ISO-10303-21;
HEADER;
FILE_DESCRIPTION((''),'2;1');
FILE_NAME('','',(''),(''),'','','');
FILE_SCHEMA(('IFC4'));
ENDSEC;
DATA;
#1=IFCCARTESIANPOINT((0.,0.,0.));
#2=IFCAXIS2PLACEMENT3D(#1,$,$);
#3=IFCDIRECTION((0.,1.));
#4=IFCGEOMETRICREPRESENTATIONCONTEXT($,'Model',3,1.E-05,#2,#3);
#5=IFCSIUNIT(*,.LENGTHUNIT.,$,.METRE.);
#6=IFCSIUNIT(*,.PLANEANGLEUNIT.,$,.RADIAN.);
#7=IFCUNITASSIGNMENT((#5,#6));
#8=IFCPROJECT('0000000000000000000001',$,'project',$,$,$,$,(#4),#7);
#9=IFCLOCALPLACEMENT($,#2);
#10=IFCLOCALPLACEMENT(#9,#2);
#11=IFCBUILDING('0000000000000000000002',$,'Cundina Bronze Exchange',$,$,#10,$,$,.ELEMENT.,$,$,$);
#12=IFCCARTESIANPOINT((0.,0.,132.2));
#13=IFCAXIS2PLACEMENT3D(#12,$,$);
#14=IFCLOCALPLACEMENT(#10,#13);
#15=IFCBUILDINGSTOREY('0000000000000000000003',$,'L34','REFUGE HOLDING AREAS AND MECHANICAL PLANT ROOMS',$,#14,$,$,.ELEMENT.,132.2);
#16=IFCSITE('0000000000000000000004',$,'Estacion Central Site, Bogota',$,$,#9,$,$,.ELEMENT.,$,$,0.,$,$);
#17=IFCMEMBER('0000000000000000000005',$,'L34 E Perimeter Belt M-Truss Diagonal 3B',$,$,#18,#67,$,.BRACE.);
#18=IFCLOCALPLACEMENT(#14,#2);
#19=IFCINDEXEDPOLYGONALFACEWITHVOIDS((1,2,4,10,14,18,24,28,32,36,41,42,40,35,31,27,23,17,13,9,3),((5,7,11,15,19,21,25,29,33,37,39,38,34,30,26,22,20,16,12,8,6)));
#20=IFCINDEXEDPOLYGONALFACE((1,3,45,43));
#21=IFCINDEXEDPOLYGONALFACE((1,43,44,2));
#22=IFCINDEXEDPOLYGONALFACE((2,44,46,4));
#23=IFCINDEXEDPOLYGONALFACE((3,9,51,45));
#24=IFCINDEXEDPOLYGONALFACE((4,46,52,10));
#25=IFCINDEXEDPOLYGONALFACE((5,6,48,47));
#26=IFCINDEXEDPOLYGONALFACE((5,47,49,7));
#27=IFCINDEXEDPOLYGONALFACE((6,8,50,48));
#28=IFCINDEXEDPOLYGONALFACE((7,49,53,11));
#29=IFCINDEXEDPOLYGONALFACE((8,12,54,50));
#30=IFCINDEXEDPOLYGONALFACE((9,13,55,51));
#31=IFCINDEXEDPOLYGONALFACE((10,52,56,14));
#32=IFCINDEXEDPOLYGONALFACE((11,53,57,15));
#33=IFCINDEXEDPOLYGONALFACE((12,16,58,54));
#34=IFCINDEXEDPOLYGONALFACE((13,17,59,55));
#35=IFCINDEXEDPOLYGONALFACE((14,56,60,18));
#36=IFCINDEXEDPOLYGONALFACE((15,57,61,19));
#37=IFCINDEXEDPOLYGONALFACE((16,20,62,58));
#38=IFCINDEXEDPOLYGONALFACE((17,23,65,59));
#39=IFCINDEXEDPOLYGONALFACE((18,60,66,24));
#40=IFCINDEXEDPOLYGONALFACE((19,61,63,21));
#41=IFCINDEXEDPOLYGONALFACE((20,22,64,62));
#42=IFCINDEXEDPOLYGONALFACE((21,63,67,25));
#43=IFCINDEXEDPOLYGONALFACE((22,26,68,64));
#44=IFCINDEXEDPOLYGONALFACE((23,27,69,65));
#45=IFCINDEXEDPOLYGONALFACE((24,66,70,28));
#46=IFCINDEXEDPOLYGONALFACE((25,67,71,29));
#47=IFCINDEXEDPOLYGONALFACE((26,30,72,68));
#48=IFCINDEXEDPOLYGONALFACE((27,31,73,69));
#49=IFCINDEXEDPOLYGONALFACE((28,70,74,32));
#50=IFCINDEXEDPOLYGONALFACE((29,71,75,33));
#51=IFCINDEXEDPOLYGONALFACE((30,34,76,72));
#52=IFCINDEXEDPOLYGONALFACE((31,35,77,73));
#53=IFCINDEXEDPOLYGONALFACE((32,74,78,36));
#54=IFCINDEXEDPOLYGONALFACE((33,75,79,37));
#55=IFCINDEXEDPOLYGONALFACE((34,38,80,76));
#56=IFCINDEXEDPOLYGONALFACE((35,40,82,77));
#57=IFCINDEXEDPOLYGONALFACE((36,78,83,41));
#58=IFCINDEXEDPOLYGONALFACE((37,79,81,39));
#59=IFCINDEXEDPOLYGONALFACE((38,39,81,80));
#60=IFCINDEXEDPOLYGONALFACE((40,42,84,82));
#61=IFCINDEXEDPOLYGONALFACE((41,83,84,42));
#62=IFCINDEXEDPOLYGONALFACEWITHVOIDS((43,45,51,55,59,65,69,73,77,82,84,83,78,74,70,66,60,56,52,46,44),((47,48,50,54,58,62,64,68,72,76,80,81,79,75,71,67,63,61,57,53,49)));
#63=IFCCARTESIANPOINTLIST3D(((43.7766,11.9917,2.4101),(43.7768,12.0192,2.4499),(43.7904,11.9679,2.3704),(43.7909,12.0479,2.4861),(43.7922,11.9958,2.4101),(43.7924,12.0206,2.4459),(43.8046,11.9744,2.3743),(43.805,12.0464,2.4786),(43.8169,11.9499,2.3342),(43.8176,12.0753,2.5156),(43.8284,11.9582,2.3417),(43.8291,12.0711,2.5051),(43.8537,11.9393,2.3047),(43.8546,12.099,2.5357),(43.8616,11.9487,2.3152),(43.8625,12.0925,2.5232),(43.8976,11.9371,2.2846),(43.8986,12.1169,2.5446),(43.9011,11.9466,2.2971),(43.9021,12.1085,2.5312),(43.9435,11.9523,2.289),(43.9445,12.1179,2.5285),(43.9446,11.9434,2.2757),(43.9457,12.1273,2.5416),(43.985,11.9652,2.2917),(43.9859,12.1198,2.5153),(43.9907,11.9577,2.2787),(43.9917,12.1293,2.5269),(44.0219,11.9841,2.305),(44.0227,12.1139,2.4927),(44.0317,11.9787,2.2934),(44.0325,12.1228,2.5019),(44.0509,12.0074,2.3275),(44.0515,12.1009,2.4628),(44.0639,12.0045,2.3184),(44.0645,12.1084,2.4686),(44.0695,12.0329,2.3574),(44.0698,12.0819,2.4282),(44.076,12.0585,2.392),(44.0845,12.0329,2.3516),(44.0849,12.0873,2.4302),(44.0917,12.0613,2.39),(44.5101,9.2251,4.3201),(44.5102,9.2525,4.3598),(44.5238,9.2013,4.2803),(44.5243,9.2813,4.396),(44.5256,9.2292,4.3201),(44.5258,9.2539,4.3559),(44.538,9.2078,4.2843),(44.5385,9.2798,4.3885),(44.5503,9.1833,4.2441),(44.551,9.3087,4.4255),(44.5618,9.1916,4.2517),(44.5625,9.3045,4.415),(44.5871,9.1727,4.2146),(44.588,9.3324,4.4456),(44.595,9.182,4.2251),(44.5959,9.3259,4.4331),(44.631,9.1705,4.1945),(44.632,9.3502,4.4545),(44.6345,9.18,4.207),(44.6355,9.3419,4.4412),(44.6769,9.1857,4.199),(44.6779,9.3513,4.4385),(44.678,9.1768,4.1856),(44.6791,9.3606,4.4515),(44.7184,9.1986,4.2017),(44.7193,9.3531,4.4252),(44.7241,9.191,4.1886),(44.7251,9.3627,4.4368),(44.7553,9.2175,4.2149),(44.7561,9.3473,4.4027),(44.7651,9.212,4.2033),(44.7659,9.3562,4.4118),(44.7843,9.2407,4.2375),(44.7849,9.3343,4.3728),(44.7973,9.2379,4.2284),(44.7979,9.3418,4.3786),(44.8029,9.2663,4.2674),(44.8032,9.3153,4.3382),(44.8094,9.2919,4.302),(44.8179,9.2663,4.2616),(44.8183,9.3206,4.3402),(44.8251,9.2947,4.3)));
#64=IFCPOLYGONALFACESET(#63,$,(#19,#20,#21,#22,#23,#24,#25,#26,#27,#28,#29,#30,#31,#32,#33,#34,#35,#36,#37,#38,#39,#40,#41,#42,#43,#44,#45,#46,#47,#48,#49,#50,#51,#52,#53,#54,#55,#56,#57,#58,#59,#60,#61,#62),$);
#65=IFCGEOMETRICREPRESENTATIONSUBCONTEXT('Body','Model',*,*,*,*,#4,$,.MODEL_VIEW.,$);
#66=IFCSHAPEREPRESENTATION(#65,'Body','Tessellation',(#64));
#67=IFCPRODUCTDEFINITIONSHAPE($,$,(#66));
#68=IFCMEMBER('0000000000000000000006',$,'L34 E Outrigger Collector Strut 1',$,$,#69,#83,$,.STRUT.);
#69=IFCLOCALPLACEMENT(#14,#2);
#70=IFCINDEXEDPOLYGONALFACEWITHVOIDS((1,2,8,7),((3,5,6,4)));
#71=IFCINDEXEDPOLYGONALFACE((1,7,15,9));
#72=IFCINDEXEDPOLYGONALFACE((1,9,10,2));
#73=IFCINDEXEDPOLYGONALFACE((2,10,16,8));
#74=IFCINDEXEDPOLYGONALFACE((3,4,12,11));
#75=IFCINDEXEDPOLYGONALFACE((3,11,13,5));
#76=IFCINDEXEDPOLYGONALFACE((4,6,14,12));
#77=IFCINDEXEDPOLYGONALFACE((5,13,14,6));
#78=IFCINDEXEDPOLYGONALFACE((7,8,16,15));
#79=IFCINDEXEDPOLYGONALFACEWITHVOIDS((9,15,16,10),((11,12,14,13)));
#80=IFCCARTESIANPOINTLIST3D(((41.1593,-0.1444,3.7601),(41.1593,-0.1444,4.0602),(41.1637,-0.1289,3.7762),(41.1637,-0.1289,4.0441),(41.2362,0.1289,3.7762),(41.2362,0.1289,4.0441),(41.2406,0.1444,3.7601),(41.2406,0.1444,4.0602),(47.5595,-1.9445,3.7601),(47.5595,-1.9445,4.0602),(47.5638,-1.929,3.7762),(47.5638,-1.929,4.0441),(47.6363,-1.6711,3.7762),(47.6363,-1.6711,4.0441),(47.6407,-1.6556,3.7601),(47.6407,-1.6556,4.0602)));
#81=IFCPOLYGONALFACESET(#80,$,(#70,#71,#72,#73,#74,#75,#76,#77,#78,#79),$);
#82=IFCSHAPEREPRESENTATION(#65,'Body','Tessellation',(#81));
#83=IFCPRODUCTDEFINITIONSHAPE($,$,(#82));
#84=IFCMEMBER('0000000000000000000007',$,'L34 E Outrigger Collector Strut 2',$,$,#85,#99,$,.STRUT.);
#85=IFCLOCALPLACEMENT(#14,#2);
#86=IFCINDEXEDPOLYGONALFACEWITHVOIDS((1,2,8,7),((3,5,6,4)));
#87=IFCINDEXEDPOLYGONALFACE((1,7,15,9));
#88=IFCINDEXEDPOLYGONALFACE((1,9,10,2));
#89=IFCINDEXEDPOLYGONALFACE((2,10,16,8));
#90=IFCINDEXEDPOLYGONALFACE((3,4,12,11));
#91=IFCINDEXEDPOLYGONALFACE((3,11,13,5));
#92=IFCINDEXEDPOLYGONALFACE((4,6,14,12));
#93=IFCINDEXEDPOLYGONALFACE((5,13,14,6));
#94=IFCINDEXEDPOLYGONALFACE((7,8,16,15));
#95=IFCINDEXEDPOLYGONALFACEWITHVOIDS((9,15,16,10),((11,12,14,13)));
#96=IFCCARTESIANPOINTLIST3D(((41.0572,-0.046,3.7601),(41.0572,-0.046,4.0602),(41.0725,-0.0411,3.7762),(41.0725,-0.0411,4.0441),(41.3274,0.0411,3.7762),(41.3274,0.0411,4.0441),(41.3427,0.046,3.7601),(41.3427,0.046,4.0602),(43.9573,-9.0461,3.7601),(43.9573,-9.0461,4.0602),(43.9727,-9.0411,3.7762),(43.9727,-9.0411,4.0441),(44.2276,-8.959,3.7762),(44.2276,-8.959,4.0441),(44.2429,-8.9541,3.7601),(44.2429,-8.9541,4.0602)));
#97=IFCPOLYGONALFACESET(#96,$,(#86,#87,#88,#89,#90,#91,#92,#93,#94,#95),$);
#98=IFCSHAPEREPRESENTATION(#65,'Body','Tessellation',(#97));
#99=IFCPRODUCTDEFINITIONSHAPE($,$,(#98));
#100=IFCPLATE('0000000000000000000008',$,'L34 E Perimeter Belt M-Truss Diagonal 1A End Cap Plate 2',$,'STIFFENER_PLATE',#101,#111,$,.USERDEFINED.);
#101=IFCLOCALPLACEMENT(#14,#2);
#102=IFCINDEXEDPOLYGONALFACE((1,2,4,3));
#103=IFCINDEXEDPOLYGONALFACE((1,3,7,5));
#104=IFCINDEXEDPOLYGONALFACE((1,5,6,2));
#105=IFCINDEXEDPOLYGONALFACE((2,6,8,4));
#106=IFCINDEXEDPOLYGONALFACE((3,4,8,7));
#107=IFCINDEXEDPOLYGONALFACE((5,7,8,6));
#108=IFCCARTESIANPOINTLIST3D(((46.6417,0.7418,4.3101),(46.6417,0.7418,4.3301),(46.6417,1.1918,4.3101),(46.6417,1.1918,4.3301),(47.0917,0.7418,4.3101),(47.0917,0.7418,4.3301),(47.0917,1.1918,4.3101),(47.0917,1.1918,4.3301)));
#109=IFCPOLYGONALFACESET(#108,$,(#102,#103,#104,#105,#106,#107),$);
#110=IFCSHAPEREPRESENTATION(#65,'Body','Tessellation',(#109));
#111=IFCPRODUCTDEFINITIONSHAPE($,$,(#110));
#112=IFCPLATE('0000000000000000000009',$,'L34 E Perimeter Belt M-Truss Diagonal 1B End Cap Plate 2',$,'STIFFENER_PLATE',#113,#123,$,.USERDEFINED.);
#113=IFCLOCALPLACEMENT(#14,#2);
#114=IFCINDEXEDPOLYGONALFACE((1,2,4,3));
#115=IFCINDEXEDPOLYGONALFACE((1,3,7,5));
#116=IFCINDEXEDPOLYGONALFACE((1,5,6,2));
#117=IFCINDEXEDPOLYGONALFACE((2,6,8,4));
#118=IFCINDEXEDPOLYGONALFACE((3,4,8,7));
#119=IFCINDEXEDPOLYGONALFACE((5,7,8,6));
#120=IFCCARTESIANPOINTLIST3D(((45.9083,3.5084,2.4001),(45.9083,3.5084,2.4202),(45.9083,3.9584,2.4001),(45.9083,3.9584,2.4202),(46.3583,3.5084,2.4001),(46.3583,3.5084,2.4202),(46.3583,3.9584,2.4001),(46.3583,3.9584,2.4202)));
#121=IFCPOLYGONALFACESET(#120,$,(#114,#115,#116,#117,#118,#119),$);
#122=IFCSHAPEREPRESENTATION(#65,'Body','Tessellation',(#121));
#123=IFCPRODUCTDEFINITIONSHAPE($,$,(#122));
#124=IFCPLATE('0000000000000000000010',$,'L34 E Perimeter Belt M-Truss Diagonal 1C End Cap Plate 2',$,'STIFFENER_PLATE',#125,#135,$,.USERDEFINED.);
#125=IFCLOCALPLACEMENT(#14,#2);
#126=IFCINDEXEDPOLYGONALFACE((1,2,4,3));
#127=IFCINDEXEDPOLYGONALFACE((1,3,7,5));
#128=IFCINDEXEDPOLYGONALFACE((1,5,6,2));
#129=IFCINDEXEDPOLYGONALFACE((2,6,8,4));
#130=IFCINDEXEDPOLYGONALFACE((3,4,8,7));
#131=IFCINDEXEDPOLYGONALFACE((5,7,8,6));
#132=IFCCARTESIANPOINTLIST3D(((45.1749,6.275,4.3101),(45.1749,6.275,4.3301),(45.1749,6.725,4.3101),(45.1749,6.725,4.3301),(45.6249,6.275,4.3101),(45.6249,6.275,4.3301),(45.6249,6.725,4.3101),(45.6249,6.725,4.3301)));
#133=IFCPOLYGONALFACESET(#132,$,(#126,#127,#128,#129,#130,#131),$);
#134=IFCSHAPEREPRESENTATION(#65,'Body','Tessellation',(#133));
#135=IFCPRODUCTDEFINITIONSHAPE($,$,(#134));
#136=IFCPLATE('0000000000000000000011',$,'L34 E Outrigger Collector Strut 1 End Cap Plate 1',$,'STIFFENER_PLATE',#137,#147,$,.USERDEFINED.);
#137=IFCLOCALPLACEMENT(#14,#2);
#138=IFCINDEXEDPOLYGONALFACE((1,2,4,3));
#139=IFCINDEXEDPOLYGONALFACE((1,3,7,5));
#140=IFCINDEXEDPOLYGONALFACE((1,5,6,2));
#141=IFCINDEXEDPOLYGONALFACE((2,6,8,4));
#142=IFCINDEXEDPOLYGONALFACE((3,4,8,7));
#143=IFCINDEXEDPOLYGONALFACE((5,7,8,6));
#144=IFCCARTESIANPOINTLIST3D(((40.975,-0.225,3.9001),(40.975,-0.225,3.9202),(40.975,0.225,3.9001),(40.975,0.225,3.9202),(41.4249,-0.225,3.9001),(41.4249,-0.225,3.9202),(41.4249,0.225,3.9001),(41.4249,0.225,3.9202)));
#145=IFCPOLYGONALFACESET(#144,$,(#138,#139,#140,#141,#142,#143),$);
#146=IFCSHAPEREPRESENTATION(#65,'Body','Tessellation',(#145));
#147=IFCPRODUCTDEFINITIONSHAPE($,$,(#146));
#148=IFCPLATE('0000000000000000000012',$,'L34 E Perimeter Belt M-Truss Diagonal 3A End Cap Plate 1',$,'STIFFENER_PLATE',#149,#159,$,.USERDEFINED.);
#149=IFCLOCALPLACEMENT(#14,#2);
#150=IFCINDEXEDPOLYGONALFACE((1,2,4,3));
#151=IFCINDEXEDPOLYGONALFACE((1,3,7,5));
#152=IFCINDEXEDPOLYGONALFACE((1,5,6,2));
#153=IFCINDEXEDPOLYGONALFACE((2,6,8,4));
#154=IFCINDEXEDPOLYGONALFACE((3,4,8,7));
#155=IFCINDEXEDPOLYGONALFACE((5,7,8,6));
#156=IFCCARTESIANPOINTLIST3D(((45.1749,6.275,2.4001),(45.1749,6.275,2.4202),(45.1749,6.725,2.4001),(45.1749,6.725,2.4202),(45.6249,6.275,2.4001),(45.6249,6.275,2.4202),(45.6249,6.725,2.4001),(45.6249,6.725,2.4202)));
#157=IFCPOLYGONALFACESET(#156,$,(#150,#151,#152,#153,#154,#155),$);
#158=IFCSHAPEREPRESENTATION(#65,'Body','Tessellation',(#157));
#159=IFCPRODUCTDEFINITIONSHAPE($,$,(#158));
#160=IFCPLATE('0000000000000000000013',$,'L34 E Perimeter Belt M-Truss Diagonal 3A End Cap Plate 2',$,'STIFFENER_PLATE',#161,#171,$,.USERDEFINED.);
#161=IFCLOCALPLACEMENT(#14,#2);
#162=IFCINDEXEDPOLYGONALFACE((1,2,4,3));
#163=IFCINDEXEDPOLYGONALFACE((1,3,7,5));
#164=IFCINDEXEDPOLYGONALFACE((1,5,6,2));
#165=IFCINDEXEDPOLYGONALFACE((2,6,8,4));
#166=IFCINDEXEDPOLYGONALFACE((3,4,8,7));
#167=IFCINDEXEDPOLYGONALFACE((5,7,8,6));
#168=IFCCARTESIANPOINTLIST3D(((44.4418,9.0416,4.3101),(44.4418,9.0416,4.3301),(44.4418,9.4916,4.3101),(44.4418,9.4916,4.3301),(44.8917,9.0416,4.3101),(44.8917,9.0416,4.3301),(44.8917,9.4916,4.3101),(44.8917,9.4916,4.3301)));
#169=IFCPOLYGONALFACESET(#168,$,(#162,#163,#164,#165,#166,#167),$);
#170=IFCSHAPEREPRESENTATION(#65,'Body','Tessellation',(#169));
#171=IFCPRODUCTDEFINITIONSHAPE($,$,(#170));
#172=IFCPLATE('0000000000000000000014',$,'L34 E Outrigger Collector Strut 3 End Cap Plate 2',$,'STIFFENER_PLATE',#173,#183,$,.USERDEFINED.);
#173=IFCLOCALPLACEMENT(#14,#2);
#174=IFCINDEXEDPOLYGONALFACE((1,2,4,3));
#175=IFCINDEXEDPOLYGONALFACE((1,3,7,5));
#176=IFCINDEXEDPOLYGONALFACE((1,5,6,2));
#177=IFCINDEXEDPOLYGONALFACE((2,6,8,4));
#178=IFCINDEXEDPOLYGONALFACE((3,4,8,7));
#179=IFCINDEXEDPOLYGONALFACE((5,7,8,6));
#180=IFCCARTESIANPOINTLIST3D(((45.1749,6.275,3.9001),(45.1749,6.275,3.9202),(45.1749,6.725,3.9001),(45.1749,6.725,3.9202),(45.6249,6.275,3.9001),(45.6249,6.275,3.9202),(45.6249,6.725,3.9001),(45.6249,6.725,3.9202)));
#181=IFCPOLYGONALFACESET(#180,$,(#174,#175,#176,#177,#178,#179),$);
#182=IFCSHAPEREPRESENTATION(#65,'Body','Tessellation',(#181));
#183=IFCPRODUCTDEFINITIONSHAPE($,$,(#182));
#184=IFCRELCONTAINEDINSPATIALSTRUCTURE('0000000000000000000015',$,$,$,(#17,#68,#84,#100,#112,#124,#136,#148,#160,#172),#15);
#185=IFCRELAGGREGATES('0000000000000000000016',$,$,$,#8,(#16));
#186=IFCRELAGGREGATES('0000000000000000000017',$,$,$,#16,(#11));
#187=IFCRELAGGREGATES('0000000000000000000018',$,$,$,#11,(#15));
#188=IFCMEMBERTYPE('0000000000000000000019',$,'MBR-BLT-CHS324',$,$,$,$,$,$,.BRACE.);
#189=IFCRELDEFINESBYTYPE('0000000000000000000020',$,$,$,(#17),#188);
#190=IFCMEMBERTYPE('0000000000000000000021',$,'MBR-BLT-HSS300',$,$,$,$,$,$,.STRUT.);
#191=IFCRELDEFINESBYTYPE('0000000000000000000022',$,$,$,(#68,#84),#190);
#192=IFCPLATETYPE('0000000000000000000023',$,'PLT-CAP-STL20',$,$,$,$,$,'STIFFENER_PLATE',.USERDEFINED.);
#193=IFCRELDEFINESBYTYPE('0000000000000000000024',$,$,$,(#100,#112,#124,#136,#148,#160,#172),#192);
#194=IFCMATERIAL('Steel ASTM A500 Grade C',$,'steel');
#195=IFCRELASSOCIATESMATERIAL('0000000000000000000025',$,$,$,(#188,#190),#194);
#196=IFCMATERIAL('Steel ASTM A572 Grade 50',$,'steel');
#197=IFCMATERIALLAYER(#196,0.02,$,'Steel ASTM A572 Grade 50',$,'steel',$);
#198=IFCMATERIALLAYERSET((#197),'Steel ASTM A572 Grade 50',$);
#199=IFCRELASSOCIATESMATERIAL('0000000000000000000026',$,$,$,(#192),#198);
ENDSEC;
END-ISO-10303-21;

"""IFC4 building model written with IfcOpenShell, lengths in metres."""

from ifc_helpers import new_model, si_unit, direction, frame, origin, origin_2d, place, context, subcontext, project, spatial, rectangle, hollow_rectangle, hollow_circle, extrude, material, layer, layer_set, material_profile, profile_set, type_object, element, save


model = new_model("IFC4")

# Units and contexts
model_context = context("Model", 3, precision=1e-05, world=origin(), true_north=direction((0.0, 1.0)))
body_context = subcontext(model_context, "Body", "Model", "MODEL_VIEW")
ifc_project = project(units=[si_unit("LENGTHUNIT", "METRE"), si_unit("PLANEANGLEUNIT", "RADIAN")], contexts=[model_context])

# Site, building, storey
site_placement = place(None, origin())
site = spatial("IfcSite", under=ifc_project, at=site_placement, Name="Estacion Central Site, Bogota", CompositionType="ELEMENT", RefElevation=0.0)
building_placement = place(site_placement, origin())
building = spatial("IfcBuilding", under=site, at=building_placement, Name="Cundina Bronze Exchange", CompositionType="ELEMENT")
storey_placement = place(building_placement, frame((0.0, 0.0, 132.2)))
storey = spatial("IfcBuildingStorey", under=building, at=storey_placement, Name="L34", Description="REFUGE HOLDING AREAS AND MECHANICAL PLANT ROOMS", CompositionType="ELEMENT", Elevation=132.2)

# Members
ifc_material_1 = material(Name="Steel ASTM A500 Grade C", Category="steel")
ifc_material_profile_1 = material_profile(ifc_material_1, hollow_circle(Radius=0.1621, WallThickness=0.0161, at=origin_2d()), Name="CHS324X16", Category="steel")
ifc_profile_set_1 = profile_set([ifc_material_profile_1], Name="Steel ASTM A500 Grade C")
member_type_1 = type_object("IfcMemberType", Name="MBR-BLT-CHS324", PredefinedType="BRACE", material=ifc_profile_set_1)
for number, where, z_axis, x_axis, name in (
    (1, (44.6667, 9.2666, 4.3201), (-0.213142, 0.804037, -0.555063), (-0.966613, -0.25624, 0.0), "L34 E Perimeter Belt M-Truss Diagonal 3B"),
):
    element("IfcMember", number, at=place(storey_placement, frame(where, z_axis=z_axis, x_axis=x_axis)), inside=storey, type_object=member_type_1, Name=name, PredefinedType="BRACE", context=body_context, shape_type="SweptSolid", body=[
        extrude(hollow_circle(Radius=0.1621, WallThickness=0.0161, at=origin_2d()), origin(), (0.0, 0.0, 1.0), 3.4409),
    ])
ifc_material_profile_2 = material_profile(ifc_material_1, hollow_rectangle(XDim=0.3, YDim=0.3, WallThickness=0.0161, at=origin_2d()), Name="HSS300X300X16", Category="steel")
ifc_profile_set_2 = profile_set([ifc_material_profile_2], Name="Steel ASTM A500 Grade C")
member_type_2 = type_object("IfcMemberType", Name="MBR-BLT-HSS300", PredefinedType="STRUT", material=ifc_profile_set_2)
member_1_placement = place(storey_placement, frame((41.2, 0.0, 3.9102), z_axis=(0.962651, -0.270747, 0.0), x_axis=(0.270747, 0.962651, 0.0)))
element("IfcMember", 2, at=member_1_placement, inside=storey, type_object=member_type_2, Name="L34 E Outrigger Collector Strut 1", PredefinedType="STRUT", context=body_context, shape_type="SweptSolid", body=[
    extrude(hollow_rectangle(XDim=0.3, YDim=0.3, WallThickness=0.0161, at=origin_2d()), origin(), (0.0, 0.0, 1.0), 6.6484),
])
member_2_placement = place(storey_placement, frame((41.2, 0.0, 3.9102), z_axis=(0.306708, -0.951804, 0.0), x_axis=(0.951804, 0.306708, 0.0)))
element("IfcMember", 3, at=member_2_placement, inside=storey, type_object=member_type_2, Name="L34 E Outrigger Collector Strut 2", PredefinedType="STRUT", context=body_context, shape_type="SweptSolid", body=[
    extrude(hollow_rectangle(XDim=0.3, YDim=0.3, WallThickness=0.0161, at=origin_2d()), origin(), (0.0, 0.0, 1.0), 9.4558),
])

# Plates
ifc_material_2 = material(Name="Steel ASTM A572 Grade 50", Category="steel")
ifc_layer_1 = layer(ifc_material_2, 0.02, Name="Steel ASTM A572 Grade 50", Category="steel")
ifc_layer_set_1 = layer_set([ifc_layer_1], Name="Steel ASTM A572 Grade 50")
plate_type = type_object("IfcPlateType", Name="PLT-CAP-STL20", ElementType="STIFFENER_PLATE", PredefinedType="USERDEFINED", material=ifc_layer_set_1)
for number, where, z_axis, x_axis, name in (
    (4, (46.8667, 0.9668, 4.3101), (0.0, 0.0, 1.0), (1.0, 0.0, 0.0), "L34 E Perimeter Belt M-Truss Diagonal 1A End Cap Plate 2"),
    (5, (46.1333, 3.7334, 2.4001), (0.0, 0.0, 1.0), (1.0, 0.0, 0.0), "L34 E Perimeter Belt M-Truss Diagonal 1B End Cap Plate 2"),
    (6, (45.3999, 6.5, 4.3101), (0.0, 0.0, 1.0), (1.0, 0.0, 0.0), "L34 E Perimeter Belt M-Truss Diagonal 1C End Cap Plate 2"),
    (7, (41.2, 0.0, 3.9001), (0.0, 0.0, 1.0), (1.0, 0.0, 0.0), "L34 E Outrigger Collector Strut 1 End Cap Plate 1"),
    (8, (45.3999, 6.5, 2.4001), (0.0, 0.0, 1.0), (1.0, 0.0, 0.0), "L34 E Perimeter Belt M-Truss Diagonal 3A End Cap Plate 1"),
    (9, (44.6667, 9.2666, 4.3101), (0.0, 0.0, 1.0), (1.0, 0.0, 0.0), "L34 E Perimeter Belt M-Truss Diagonal 3A End Cap Plate 2"),
    (10, (45.3999, 6.5, 3.9001), (0.0, 0.0, 1.0), (1.0, 0.0, 0.0), "L34 E Outrigger Collector Strut 3 End Cap Plate 2"),
):
    element("IfcPlate", number, at=place(storey_placement, frame(where, z_axis=z_axis, x_axis=x_axis)), inside=storey, type_object=plate_type, Name=name, ObjectType="STIFFENER_PLATE", PredefinedType="USERDEFINED", context=body_context, shape_type="SweptSolid", body=[
        extrude(rectangle(XDim=0.45, YDim=0.45, at=origin_2d()), origin(), (0.0, 0.0, 1.0), 0.02),
    ])

save(model, "model.ifc")
